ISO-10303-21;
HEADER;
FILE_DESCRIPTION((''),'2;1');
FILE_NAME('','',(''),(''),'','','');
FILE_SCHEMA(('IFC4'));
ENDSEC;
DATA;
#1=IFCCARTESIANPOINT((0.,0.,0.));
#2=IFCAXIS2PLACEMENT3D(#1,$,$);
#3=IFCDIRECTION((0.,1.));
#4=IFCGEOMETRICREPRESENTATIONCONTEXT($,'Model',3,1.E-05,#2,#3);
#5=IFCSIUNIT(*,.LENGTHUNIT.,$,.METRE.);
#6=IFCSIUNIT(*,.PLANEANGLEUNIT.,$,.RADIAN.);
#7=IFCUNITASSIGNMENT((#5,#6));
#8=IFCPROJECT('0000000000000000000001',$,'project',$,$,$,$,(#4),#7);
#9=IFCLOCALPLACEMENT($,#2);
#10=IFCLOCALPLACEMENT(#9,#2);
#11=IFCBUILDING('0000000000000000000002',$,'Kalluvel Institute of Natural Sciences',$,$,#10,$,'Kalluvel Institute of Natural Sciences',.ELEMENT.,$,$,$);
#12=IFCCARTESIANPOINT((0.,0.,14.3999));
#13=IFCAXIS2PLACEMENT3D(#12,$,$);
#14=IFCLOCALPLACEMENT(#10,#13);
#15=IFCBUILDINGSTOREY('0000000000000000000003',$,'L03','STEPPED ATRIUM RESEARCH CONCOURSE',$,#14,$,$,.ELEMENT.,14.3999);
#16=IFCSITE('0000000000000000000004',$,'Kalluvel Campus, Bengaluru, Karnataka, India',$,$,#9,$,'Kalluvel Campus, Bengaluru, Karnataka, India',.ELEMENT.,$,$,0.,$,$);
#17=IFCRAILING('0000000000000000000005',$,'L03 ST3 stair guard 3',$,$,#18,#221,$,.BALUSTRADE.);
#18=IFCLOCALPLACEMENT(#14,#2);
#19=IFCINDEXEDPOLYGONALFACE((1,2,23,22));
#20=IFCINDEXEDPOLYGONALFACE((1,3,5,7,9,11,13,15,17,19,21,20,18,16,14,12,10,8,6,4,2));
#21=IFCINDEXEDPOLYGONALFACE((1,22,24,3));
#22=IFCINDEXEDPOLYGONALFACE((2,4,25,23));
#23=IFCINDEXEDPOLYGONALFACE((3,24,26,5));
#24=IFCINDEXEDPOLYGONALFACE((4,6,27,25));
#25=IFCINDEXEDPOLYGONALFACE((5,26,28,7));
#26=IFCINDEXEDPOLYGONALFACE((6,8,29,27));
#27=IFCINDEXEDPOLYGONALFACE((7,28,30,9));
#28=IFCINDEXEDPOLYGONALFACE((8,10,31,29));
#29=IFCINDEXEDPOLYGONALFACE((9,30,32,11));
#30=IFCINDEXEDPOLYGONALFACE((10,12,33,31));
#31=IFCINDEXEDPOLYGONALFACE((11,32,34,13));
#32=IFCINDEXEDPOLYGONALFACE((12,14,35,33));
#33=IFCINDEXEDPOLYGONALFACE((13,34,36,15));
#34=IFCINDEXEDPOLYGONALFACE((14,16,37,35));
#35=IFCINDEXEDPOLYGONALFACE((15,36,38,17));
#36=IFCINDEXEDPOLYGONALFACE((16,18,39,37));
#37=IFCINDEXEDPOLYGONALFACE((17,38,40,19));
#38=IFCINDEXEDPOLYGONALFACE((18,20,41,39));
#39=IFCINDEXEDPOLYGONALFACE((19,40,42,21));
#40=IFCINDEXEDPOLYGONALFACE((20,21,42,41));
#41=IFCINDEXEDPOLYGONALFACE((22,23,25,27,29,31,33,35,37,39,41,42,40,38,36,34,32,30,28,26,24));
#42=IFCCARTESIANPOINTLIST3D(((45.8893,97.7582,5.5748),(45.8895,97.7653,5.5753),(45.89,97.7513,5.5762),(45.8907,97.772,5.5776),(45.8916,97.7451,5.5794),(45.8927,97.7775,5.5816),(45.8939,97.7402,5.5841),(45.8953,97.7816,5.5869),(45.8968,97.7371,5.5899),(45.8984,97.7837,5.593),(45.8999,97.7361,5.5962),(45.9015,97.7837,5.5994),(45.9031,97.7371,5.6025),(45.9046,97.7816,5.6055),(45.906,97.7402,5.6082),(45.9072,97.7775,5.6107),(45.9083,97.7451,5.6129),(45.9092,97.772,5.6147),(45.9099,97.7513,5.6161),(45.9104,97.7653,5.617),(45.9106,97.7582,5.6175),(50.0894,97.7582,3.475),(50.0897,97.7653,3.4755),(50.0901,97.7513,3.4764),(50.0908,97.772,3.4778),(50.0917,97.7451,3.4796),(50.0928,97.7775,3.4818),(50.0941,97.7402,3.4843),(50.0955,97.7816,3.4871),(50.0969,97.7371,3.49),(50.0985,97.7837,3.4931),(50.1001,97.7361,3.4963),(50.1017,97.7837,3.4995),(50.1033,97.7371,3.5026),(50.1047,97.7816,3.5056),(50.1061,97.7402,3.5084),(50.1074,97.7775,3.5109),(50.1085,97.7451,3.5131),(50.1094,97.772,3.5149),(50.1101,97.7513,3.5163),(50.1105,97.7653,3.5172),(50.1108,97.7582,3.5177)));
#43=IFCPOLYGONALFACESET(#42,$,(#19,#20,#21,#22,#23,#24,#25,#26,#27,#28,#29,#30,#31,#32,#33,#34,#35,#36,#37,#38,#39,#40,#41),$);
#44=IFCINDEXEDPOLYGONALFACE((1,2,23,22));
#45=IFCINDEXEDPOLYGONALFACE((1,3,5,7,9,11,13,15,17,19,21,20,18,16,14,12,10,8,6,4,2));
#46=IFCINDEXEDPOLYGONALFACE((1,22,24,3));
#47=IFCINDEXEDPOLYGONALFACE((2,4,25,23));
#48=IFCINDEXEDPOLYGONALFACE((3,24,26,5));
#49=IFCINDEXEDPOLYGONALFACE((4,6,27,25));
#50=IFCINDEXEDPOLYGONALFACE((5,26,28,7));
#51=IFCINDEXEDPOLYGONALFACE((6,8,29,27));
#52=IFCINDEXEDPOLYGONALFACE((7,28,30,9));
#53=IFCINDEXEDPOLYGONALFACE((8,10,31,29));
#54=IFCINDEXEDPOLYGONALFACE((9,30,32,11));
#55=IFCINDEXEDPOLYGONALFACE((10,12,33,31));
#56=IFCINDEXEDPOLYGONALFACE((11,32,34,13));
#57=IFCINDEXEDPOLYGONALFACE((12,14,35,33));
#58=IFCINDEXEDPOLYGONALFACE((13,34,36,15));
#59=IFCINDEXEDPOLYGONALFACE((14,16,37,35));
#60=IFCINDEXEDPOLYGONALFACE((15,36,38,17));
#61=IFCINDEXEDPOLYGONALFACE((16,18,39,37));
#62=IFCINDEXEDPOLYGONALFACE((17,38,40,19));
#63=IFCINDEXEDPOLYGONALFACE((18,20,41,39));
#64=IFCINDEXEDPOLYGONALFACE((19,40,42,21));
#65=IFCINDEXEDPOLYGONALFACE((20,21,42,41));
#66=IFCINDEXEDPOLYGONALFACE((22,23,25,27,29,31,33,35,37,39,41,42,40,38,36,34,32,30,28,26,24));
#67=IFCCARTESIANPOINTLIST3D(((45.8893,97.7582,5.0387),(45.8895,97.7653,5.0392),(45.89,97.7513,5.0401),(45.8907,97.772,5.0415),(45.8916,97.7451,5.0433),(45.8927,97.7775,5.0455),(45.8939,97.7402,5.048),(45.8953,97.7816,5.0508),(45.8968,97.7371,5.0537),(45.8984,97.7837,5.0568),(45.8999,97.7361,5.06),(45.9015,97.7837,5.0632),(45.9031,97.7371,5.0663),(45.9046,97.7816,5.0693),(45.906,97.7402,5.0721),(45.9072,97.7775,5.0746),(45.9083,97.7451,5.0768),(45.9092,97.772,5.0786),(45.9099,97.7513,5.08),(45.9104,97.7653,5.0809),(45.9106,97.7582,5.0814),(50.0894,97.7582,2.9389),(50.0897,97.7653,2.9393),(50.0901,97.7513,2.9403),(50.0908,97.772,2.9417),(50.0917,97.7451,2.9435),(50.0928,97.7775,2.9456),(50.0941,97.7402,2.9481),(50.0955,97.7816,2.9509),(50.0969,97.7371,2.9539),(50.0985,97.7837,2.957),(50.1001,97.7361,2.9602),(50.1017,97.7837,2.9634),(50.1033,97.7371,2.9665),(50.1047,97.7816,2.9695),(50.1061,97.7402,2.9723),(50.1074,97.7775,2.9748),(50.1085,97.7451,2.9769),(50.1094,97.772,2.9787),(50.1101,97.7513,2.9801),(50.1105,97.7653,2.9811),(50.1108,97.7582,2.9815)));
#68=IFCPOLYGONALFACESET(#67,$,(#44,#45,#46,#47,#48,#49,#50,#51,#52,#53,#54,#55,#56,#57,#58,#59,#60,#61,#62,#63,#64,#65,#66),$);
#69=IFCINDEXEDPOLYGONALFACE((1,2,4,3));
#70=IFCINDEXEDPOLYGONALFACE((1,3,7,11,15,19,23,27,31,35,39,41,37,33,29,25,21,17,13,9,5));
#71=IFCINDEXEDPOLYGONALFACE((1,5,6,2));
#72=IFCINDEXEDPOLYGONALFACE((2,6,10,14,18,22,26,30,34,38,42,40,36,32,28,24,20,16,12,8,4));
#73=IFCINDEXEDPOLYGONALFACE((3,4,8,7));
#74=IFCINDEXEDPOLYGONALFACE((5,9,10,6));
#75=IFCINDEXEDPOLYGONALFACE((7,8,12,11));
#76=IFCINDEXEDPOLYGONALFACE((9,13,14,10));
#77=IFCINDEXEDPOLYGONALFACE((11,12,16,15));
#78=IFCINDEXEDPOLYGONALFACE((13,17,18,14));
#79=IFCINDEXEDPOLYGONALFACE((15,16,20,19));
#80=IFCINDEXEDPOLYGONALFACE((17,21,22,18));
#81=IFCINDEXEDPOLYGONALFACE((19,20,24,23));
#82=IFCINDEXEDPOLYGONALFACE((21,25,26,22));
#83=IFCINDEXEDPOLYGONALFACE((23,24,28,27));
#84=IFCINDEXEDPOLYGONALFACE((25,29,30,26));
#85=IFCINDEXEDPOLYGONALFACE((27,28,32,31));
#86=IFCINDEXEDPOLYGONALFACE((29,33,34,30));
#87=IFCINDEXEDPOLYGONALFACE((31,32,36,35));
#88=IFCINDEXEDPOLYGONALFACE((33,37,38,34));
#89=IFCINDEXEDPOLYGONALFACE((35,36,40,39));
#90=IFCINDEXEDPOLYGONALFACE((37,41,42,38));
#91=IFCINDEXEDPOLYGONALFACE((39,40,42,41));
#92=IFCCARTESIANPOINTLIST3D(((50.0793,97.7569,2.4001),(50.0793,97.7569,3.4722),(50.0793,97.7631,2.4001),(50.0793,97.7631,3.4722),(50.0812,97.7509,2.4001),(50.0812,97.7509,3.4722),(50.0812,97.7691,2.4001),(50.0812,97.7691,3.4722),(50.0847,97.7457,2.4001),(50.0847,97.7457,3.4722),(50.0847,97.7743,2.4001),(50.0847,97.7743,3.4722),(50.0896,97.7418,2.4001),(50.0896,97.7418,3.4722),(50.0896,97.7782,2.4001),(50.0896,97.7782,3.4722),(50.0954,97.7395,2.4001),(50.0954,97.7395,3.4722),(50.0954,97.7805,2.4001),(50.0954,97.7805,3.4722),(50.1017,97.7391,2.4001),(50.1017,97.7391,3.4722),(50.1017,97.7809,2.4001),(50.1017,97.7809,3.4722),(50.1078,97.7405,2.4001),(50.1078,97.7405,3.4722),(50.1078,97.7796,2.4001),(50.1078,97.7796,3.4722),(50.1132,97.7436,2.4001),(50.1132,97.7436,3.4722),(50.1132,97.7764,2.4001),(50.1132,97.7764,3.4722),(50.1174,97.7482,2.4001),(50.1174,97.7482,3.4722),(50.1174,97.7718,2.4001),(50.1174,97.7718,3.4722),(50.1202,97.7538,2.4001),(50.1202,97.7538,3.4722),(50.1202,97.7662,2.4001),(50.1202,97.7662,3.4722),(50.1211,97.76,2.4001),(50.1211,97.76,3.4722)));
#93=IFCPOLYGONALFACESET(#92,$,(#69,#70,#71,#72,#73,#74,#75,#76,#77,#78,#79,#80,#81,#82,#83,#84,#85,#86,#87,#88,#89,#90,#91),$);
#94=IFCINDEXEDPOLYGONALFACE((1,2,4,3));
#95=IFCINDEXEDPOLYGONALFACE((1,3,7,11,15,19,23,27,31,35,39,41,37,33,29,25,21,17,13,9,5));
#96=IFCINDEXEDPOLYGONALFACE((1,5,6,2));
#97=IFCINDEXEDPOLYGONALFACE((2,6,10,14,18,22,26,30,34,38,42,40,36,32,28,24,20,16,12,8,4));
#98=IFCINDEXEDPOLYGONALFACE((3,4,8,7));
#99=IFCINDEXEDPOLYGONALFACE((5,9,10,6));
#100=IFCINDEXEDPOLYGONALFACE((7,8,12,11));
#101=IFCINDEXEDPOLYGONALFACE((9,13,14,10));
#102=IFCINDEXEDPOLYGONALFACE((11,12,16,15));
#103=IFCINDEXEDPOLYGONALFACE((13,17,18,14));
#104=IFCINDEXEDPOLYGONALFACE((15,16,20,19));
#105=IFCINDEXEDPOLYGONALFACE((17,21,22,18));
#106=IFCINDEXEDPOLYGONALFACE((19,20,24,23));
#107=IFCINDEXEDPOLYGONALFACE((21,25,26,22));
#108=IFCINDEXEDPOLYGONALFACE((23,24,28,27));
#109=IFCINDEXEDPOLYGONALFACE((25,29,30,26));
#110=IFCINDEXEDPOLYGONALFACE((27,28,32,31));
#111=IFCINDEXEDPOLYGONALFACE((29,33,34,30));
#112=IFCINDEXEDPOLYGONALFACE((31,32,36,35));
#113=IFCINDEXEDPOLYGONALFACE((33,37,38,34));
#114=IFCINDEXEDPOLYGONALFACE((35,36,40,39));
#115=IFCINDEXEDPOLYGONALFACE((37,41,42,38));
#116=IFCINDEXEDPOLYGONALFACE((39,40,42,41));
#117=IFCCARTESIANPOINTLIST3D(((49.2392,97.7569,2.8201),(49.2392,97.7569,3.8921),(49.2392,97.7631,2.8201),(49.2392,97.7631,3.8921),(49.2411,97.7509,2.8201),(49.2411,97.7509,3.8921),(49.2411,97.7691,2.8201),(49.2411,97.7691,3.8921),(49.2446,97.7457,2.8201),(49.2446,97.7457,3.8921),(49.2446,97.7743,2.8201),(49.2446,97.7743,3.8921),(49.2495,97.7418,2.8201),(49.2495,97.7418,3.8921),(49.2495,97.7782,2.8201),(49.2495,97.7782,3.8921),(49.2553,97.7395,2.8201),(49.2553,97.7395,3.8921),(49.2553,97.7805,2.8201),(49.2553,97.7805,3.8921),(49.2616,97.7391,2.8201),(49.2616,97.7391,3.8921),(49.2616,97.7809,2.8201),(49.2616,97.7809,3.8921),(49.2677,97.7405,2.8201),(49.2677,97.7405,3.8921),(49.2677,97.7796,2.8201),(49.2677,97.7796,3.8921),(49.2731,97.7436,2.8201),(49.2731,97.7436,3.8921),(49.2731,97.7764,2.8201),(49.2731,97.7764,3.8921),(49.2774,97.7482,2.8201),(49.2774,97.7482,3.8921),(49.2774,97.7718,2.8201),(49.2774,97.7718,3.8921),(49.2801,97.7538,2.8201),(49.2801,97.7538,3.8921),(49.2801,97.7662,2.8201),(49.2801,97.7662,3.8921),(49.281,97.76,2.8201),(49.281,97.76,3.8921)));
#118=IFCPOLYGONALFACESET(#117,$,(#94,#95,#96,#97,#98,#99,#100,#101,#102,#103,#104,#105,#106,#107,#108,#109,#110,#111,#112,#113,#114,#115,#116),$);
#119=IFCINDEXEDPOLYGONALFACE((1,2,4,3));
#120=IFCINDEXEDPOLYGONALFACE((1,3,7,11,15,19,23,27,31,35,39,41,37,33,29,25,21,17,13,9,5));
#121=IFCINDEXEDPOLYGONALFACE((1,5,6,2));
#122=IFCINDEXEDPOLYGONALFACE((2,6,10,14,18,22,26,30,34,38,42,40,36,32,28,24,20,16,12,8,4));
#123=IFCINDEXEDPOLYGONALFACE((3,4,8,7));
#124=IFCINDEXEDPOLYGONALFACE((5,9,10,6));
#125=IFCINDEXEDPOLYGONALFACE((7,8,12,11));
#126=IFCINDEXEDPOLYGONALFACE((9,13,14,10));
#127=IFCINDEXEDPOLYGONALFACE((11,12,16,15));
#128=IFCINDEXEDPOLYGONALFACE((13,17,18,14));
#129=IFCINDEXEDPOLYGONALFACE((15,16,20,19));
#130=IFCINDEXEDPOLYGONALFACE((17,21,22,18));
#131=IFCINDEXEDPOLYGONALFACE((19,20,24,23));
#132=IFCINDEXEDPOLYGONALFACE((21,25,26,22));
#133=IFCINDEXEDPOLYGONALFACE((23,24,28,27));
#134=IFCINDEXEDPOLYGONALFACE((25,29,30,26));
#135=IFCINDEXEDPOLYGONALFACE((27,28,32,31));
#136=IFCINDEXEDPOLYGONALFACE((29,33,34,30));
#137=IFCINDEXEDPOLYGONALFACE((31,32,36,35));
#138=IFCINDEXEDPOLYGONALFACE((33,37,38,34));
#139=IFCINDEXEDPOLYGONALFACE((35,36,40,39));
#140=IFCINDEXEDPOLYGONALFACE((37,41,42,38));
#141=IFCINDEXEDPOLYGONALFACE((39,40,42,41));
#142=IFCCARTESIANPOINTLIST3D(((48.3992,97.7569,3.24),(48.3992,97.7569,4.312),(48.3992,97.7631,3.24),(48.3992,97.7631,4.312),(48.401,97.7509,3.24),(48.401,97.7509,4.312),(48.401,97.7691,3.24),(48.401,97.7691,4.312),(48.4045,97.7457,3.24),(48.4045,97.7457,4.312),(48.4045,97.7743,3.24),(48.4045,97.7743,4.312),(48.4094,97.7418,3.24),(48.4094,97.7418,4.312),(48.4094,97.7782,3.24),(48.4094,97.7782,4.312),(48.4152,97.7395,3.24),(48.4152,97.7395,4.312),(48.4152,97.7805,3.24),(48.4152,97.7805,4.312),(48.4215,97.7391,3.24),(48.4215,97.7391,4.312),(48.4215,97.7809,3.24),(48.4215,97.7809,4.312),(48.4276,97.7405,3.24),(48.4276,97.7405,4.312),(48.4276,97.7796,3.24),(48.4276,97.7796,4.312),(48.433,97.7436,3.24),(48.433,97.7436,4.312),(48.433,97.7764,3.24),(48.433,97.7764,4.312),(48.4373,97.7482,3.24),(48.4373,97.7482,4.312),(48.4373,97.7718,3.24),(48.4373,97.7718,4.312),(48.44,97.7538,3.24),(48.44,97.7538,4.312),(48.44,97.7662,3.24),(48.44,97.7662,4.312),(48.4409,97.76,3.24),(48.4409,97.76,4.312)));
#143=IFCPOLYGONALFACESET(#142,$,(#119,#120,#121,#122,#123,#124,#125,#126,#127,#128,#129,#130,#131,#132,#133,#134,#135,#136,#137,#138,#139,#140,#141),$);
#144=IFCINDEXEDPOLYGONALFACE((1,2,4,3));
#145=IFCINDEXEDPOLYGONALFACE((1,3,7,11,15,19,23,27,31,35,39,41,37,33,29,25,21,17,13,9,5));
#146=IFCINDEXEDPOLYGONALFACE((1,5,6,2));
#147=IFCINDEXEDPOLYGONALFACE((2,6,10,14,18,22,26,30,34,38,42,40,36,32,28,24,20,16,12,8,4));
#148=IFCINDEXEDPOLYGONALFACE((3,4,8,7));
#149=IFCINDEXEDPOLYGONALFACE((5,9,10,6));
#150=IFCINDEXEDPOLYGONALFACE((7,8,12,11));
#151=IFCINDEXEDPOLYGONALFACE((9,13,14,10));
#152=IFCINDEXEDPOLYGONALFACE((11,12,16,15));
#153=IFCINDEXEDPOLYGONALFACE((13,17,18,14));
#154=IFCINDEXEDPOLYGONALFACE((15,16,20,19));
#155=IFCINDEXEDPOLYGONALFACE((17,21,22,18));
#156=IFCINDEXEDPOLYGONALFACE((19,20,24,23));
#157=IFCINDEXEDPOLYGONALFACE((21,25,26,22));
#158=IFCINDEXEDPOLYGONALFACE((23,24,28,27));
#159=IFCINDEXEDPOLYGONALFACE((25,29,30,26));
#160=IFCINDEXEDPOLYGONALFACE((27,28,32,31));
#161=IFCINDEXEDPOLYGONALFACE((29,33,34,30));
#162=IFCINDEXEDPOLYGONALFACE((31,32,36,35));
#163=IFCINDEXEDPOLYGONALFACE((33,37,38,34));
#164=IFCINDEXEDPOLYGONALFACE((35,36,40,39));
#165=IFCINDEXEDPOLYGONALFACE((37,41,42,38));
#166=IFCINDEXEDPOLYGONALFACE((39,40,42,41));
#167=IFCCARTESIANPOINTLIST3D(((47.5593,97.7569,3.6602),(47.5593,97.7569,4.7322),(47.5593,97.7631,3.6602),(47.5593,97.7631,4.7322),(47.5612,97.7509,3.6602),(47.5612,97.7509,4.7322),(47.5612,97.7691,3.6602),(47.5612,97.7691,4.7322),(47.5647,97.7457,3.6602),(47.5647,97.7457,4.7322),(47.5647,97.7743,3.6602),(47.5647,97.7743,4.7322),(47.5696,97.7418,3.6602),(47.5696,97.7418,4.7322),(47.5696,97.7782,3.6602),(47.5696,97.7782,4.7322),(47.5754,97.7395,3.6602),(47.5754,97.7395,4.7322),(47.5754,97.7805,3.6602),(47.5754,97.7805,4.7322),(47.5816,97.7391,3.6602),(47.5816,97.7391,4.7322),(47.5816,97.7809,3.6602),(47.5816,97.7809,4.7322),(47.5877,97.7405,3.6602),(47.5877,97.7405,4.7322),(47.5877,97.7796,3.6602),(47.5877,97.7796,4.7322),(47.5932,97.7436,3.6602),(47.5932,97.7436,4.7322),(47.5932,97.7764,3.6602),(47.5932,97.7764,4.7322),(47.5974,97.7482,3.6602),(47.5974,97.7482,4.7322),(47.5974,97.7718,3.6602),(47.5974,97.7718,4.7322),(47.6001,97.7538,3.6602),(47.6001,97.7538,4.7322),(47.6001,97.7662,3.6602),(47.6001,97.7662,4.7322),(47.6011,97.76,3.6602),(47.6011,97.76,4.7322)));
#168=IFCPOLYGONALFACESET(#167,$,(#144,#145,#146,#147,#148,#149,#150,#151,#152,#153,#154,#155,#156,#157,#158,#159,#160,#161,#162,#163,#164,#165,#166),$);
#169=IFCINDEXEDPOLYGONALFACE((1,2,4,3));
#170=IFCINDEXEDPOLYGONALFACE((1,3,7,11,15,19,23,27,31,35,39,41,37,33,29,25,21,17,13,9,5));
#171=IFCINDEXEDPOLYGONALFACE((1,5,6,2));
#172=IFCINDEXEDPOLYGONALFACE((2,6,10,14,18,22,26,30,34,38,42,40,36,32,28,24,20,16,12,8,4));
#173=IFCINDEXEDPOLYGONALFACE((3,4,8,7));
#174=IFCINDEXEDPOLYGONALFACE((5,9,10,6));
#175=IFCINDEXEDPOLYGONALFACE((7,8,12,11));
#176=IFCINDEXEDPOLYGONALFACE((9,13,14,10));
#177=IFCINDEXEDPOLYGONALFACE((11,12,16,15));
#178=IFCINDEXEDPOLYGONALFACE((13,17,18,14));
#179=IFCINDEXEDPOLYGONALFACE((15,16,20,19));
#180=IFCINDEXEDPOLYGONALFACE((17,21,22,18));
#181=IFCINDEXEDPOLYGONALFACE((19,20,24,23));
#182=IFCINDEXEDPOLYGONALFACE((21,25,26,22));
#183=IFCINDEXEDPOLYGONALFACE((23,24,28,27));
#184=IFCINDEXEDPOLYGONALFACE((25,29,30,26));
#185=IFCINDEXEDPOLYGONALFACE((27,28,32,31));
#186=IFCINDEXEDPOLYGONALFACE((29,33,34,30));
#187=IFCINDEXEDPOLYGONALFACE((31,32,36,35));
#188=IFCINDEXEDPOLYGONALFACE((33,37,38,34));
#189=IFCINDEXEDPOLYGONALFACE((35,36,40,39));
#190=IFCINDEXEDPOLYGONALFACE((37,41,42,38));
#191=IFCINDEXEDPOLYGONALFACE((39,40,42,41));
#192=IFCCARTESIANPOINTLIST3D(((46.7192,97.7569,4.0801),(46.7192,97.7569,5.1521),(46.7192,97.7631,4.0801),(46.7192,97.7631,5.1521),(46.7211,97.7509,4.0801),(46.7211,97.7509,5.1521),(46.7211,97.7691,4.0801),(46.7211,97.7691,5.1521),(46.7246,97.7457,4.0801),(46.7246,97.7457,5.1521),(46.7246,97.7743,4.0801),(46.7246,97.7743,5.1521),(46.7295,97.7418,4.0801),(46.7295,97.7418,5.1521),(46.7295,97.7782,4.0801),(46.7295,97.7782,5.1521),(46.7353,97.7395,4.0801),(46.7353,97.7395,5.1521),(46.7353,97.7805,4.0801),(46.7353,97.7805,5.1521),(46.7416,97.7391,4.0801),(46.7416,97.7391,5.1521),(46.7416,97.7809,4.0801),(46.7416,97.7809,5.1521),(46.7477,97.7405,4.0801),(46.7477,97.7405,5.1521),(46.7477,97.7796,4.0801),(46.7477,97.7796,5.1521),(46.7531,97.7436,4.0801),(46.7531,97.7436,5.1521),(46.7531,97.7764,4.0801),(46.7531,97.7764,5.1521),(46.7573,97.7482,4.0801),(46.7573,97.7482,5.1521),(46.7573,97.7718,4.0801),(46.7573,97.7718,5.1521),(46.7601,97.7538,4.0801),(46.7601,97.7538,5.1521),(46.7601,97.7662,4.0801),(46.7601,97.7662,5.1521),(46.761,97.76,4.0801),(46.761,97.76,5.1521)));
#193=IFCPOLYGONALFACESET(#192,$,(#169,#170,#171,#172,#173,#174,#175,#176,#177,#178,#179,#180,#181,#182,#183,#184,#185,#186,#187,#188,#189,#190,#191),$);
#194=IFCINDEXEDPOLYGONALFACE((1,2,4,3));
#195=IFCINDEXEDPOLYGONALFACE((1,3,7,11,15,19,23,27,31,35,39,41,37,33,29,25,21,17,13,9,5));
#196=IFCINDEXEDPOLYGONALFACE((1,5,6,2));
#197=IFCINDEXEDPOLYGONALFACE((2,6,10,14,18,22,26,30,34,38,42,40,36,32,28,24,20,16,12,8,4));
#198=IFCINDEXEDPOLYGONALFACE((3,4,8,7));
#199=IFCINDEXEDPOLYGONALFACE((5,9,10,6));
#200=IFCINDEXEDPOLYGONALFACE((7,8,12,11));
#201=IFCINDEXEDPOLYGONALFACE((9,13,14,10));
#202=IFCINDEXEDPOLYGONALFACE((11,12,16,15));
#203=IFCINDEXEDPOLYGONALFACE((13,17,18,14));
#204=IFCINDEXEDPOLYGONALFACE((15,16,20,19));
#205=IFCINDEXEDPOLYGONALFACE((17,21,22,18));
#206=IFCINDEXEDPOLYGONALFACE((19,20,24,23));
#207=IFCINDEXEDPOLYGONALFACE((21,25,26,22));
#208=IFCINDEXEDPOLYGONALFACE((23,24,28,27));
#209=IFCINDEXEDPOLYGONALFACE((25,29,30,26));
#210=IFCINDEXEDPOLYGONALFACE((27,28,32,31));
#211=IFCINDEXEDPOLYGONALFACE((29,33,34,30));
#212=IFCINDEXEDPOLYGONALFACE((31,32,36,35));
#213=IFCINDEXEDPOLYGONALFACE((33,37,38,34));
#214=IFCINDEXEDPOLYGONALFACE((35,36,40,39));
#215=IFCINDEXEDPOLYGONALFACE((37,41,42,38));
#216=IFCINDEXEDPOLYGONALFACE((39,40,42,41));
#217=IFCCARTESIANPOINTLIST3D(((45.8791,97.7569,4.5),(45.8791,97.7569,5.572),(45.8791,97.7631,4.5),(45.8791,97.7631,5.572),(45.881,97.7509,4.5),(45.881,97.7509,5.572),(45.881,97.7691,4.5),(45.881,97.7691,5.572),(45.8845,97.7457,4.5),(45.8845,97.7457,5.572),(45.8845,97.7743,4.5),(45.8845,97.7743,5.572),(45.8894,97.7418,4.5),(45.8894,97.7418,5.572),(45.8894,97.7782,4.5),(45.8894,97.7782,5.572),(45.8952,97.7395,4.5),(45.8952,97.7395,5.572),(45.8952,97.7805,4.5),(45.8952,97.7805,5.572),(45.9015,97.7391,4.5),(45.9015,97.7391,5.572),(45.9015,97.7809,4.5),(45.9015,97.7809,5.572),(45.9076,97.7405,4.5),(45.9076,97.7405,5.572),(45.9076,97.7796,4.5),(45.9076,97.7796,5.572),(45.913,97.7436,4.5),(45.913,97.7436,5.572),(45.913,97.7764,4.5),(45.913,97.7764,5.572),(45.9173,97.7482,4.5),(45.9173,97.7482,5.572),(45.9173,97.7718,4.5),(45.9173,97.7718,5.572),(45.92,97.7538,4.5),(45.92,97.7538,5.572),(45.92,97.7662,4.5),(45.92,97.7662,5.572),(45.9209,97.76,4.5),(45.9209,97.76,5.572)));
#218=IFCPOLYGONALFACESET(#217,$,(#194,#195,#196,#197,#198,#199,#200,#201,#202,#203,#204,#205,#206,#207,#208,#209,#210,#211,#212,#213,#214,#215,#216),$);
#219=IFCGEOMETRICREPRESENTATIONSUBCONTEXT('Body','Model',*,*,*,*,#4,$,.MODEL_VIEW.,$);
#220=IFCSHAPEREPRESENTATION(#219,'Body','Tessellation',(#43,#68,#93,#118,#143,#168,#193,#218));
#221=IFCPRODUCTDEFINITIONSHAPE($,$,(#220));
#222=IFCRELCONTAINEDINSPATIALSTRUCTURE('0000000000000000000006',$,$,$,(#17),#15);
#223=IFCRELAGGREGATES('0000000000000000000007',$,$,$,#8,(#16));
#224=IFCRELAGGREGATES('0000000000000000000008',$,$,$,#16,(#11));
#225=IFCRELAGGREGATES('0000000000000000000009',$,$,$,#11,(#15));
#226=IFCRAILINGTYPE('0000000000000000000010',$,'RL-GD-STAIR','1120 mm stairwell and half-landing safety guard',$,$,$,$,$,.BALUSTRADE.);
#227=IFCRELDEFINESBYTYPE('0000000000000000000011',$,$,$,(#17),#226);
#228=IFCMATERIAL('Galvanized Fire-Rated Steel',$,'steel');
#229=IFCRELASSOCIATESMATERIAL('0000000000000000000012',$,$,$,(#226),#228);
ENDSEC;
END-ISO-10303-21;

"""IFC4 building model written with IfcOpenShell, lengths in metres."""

from ifc_helpers import new_model, si_unit, direction, frame, origin, origin_2d, place, context, subcontext, project, spatial, circle, extrude, material, type_object, element, save


model = new_model("IFC4")

# Units and contexts
model_context = context("Model", 3, precision=1e-05, world=origin(), true_north=direction((0.0, 1.0)))
body_context = subcontext(model_context, "Body", "Model", "MODEL_VIEW")
ifc_project = project(units=[si_unit("LENGTHUNIT", "METRE"), si_unit("PLANEANGLEUNIT", "RADIAN")], contexts=[model_context])

# Site, building, storey
site_placement = place(None, origin())
site = spatial("IfcSite", under=ifc_project, at=site_placement, Name="Kalluvel Campus, Bengaluru, Karnataka, India", LongName="Kalluvel Campus, Bengaluru, Karnataka, India", CompositionType="ELEMENT", RefElevation=0.0)
building_placement = place(site_placement, origin())
building = spatial("IfcBuilding", under=site, at=building_placement, Name="Kalluvel Institute of Natural Sciences", LongName="Kalluvel Institute of Natural Sciences", CompositionType="ELEMENT")
storey_placement = place(building_placement, frame((0.0, 0.0, 14.3999)))
storey = spatial("IfcBuildingStorey", under=building, at=storey_placement, Name="L03", Description="STEPPED ATRIUM RESEARCH CONCOURSE", CompositionType="ELEMENT", Elevation=14.3999)

# Shared definitions
ifc_material_1 = material(Name="Galvanized Fire-Rated Steel", Category="steel")

# Railing
railing_type_1 = type_object("IfcRailingType", Name="RL-GD-STAIR", Description="1120 mm stairwell and half-landing safety guard", PredefinedType="BALUSTRADE", material=ifc_material_1)
railing_1_placement = place(storey_placement, frame((50.1001, 97.76, 2.4001)))
element("IfcRailing", 1, at=railing_1_placement, inside=storey, type_object=railing_type_1, Name="L03 ST3 stair guard 3", PredefinedType="BALUSTRADE", context=body_context, shape_type="SweptSolid", body=[
    extrude(circle(Radius=0.0239, at=origin_2d()), frame((0.0, 0.0, 1.0962), z_axis=(-0.894448, 0.0, 0.447172), x_axis=(0.0, -1.0, 0.0)), (0.0, 0.0, 1.0), 4.6958),
    extrude(circle(Radius=0.0239, at=origin_2d()), frame((0.0, 0.0, 0.5601), z_axis=(-0.894448, 0.0, 0.447172), x_axis=(0.0, -1.0, 0.0)), (0.0, 0.0, 1.0), 4.6958),
    extrude(circle(Radius=0.021, at=origin_2d()), origin(), (0.0, 0.0, 1.0), 1.072),
    extrude(circle(Radius=0.021, at=origin_2d()), frame((-0.8401, 0.0, 0.4199)), (0.0, 0.0, 1.0), 1.072),
    extrude(circle(Radius=0.021, at=origin_2d()), frame((-1.6802, 0.0, 0.8398)), (0.0, 0.0, 1.0), 1.072),
    extrude(circle(Radius=0.021, at=origin_2d()), frame((-2.52, 0.0, 1.26)), (0.0, 0.0, 1.0), 1.072),
    extrude(circle(Radius=0.021, at=origin_2d()), frame((-3.3601, 0.0, 1.6799)), (0.0, 0.0, 1.0), 1.072),
    extrude(circle(Radius=0.021, at=origin_2d()), frame((-4.2002, 0.0, 2.0999)), (0.0, 0.0, 1.0), 1.072),
])

save(model, "model.ifc")
